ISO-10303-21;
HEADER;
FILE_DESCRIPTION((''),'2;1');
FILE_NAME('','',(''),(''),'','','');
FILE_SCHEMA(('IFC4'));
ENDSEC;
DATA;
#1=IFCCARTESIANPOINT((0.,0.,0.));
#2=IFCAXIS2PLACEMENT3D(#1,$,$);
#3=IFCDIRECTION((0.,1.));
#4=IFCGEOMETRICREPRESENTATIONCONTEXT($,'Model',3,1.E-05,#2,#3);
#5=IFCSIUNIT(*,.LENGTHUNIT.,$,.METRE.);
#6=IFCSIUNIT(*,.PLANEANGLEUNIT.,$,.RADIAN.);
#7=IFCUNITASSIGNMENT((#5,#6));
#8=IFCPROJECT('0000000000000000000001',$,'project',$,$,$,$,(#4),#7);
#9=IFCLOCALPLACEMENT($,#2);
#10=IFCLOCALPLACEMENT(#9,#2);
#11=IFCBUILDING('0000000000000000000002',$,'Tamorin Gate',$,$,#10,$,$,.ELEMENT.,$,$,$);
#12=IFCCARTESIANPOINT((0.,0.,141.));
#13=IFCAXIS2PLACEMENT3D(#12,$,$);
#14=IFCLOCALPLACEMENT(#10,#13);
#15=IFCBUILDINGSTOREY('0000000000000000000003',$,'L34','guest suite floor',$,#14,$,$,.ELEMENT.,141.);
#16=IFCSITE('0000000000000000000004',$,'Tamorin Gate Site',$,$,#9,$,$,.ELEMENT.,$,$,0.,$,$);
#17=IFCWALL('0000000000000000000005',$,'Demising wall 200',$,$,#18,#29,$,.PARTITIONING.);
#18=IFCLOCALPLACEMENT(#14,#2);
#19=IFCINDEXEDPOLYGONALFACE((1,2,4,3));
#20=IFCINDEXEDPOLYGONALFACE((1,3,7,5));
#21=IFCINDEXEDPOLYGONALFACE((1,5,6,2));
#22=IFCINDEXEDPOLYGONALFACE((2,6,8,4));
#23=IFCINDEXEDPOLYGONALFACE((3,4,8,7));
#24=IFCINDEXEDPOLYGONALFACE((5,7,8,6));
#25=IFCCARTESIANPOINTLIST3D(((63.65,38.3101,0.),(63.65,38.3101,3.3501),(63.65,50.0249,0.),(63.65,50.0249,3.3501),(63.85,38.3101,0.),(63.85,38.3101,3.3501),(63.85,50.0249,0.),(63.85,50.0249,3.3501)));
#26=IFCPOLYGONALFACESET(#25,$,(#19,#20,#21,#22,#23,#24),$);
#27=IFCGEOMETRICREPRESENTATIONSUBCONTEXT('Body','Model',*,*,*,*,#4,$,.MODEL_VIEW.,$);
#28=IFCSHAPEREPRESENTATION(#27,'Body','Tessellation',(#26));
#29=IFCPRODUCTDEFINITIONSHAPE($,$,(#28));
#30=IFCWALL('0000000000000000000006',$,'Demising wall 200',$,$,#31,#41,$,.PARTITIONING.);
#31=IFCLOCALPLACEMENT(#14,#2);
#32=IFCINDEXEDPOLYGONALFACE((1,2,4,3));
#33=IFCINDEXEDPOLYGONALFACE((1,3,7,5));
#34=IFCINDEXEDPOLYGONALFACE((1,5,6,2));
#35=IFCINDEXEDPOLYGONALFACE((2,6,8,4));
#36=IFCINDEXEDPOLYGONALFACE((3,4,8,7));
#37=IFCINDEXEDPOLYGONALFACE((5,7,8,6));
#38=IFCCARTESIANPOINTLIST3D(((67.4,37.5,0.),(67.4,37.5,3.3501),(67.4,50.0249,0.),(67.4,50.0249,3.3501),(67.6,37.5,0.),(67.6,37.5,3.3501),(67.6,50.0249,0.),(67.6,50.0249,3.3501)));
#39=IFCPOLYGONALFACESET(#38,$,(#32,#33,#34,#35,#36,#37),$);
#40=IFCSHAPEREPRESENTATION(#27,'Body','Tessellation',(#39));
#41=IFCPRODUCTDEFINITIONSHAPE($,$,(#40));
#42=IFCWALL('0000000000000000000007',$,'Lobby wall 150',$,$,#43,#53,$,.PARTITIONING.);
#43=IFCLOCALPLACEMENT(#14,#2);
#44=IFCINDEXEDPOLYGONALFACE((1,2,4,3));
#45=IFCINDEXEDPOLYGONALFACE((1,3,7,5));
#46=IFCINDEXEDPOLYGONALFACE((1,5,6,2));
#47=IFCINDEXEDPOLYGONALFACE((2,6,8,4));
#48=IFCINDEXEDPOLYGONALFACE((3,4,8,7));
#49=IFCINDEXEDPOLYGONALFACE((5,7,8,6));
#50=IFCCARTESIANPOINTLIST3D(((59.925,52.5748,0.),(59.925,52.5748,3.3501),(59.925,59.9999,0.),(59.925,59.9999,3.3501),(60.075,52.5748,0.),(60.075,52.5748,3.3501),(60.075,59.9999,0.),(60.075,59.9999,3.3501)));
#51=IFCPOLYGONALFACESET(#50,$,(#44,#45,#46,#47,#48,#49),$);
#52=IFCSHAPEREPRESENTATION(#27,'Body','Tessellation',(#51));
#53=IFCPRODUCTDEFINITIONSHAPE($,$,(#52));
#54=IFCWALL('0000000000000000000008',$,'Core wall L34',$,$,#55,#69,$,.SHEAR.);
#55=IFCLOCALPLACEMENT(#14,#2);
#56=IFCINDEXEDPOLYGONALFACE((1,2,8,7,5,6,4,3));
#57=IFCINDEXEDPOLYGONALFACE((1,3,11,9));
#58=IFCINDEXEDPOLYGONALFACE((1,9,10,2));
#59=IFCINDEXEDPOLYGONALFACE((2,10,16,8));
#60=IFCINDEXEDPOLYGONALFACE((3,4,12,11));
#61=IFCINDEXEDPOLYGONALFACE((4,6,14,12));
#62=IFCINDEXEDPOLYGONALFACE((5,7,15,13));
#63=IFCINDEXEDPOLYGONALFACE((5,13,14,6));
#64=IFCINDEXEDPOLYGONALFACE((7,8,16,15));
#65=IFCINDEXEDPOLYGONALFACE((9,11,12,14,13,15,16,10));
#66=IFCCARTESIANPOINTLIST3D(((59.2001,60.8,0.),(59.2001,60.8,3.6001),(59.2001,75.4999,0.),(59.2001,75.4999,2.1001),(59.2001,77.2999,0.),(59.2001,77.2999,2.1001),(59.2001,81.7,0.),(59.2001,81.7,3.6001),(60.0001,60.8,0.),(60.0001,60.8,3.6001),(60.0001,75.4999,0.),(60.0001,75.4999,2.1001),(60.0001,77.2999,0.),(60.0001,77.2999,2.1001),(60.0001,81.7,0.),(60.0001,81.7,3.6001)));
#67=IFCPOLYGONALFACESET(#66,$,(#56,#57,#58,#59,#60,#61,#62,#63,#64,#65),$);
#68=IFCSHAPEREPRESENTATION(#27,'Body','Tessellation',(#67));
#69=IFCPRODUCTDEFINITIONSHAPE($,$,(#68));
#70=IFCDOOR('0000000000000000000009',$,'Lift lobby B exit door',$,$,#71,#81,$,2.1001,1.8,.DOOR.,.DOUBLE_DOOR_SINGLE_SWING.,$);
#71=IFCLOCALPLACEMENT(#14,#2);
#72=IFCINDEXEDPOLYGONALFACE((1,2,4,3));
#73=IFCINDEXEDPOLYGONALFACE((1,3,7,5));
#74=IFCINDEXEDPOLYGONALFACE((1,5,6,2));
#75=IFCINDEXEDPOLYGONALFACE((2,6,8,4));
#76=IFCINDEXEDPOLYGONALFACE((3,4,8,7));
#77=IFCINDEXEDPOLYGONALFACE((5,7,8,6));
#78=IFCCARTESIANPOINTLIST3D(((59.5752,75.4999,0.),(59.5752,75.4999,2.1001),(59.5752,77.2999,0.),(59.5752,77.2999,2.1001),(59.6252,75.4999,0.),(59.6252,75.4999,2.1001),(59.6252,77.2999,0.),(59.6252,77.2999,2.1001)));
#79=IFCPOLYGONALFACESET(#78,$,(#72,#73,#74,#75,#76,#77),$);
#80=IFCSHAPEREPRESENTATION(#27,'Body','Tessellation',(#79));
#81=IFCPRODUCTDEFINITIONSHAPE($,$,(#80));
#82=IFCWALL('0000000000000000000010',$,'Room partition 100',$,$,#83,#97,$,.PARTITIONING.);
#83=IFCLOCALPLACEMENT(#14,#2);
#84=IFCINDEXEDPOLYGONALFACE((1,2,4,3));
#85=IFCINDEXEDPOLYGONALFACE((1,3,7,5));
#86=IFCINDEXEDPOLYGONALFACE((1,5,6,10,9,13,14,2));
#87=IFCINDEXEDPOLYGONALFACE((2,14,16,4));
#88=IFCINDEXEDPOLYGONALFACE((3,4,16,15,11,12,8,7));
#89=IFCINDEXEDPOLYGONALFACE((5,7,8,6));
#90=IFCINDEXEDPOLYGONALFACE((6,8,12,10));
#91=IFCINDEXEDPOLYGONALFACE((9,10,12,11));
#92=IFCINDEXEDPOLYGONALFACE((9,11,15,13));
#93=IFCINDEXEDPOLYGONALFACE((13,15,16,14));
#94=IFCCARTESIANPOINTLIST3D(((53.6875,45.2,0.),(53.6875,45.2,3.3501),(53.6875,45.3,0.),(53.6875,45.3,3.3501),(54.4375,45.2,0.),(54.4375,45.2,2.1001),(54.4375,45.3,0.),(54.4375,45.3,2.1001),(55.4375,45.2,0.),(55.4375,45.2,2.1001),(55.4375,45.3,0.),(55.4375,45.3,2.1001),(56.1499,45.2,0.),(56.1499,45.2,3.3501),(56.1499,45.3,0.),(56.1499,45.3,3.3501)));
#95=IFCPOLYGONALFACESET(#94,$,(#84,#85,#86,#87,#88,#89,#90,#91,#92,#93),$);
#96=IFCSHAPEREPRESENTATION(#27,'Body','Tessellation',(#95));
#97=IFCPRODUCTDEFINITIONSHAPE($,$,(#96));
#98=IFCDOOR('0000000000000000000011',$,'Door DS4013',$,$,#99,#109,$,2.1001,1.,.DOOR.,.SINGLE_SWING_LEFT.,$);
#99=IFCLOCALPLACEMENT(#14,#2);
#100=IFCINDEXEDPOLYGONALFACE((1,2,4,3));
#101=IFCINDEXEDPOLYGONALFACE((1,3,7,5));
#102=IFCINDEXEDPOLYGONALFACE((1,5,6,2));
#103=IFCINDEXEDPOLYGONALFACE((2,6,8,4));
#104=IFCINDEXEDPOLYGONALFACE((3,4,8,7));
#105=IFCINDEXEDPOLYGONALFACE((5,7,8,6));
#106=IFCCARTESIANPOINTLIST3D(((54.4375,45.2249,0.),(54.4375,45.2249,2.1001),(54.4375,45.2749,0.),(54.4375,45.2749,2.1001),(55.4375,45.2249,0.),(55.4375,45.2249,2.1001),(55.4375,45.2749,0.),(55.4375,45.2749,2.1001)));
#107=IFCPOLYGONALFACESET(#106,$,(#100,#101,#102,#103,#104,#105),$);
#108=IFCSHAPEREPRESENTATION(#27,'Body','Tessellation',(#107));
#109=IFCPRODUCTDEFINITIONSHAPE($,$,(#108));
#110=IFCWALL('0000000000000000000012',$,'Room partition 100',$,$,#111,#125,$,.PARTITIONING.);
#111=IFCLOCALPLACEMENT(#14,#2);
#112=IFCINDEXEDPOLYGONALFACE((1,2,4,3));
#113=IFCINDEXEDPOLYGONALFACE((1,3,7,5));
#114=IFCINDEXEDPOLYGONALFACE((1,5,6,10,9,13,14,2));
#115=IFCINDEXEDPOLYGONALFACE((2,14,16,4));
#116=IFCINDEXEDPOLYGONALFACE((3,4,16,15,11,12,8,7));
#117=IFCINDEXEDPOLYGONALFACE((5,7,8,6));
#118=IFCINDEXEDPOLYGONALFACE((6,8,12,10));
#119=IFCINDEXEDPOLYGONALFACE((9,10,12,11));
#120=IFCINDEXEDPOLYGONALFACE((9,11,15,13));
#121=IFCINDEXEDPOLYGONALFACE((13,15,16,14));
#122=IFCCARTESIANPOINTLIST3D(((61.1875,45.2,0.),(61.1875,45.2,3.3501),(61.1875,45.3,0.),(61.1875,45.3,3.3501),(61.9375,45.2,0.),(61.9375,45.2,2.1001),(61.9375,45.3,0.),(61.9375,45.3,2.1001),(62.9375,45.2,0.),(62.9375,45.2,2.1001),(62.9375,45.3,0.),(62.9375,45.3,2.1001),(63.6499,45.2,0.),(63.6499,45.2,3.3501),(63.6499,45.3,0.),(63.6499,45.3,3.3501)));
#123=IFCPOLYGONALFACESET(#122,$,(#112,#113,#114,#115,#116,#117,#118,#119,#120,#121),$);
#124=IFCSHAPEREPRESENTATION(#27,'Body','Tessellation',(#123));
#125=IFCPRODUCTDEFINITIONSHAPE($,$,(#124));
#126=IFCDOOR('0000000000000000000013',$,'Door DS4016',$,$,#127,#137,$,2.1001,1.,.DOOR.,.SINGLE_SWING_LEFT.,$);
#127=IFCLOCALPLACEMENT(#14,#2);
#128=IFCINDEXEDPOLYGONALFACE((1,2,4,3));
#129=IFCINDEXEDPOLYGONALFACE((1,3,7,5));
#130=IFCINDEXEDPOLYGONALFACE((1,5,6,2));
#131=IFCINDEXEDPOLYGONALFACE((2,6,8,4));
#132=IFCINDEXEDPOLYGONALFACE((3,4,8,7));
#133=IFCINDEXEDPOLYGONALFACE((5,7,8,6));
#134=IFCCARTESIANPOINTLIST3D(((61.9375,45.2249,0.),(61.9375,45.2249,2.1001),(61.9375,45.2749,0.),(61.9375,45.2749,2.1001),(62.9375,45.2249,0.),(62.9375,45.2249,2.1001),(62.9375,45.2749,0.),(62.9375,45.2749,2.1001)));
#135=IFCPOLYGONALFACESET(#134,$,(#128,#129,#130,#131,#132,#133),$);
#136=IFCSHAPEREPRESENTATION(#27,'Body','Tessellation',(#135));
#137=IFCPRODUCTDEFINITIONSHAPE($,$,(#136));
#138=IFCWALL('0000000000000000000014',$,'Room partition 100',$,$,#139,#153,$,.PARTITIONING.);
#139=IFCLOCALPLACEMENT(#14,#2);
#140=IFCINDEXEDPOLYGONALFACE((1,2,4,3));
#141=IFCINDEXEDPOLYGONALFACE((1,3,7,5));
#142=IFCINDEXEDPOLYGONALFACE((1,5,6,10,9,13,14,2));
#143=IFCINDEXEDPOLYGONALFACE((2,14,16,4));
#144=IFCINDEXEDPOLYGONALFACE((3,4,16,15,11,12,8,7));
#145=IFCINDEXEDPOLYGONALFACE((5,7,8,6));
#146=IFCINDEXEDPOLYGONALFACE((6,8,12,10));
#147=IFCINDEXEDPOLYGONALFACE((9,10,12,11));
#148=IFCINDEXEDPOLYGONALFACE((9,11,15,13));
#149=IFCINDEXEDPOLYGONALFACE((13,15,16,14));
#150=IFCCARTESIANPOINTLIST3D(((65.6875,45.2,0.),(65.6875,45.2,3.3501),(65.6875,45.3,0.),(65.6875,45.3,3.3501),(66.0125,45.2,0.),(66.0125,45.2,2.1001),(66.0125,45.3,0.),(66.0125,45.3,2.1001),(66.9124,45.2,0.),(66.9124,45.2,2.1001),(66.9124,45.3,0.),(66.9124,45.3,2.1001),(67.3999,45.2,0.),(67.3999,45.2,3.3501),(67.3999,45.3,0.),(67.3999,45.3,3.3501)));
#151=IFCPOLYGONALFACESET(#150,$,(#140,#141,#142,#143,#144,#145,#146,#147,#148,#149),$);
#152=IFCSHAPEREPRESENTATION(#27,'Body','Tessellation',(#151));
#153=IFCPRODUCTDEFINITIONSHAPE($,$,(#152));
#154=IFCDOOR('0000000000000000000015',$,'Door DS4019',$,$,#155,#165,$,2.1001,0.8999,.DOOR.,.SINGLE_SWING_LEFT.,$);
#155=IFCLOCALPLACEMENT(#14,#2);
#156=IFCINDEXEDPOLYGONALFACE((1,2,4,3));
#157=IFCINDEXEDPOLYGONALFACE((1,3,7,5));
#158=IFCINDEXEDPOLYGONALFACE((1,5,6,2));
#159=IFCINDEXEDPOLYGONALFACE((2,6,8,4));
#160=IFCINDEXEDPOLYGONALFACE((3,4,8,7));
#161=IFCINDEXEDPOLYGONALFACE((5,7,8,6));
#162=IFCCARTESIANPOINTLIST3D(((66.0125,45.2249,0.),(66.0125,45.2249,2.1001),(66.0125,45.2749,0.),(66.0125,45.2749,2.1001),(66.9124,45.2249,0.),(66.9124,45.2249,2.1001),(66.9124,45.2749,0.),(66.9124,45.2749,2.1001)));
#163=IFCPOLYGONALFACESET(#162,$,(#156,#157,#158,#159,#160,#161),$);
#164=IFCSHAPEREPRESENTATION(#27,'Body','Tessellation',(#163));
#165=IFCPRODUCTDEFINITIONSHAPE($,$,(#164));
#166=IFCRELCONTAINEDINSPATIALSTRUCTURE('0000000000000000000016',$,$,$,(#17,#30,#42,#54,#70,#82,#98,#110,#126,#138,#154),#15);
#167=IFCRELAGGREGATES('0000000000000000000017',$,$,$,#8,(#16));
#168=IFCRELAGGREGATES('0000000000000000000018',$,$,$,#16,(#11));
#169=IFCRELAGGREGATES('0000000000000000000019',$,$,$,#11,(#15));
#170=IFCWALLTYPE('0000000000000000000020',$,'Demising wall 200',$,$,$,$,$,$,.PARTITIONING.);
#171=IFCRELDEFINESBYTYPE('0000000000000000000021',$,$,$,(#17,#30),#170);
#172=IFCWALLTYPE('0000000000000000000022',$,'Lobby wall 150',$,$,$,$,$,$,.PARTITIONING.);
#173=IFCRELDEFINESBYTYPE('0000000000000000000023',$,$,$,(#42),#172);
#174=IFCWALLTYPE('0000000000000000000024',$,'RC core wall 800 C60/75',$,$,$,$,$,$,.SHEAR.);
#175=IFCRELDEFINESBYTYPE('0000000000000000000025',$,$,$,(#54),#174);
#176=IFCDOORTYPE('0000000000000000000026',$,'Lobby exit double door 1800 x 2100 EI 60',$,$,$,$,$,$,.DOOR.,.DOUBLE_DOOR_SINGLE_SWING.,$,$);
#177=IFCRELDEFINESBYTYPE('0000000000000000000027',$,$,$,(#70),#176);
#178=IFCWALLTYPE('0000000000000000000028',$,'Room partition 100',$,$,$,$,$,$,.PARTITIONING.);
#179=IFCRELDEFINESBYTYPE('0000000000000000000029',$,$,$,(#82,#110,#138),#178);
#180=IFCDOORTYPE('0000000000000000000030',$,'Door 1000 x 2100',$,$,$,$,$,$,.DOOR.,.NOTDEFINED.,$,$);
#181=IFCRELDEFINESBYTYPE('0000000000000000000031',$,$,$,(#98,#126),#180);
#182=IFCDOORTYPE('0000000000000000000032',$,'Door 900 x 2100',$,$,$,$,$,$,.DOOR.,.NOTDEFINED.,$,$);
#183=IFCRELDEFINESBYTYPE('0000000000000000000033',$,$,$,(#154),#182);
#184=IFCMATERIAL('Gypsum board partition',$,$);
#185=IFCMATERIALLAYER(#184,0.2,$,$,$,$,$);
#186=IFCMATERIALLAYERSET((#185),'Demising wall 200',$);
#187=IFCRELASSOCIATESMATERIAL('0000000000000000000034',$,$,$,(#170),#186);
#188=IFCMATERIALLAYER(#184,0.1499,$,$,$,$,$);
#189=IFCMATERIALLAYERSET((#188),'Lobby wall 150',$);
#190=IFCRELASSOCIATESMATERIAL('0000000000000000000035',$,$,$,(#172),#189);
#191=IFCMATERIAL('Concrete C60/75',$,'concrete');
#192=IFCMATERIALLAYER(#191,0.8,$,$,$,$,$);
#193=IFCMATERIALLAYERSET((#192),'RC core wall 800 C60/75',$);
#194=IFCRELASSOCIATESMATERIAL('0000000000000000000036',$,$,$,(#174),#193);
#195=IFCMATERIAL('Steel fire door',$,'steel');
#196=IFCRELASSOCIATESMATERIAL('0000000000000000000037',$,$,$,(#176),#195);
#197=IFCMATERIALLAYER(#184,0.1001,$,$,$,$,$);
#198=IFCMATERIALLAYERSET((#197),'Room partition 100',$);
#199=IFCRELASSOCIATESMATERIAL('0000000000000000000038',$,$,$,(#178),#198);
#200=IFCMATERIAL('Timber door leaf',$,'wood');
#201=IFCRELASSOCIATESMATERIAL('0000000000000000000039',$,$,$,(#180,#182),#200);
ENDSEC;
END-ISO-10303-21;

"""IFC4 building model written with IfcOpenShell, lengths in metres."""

from ifc_helpers import new_model, si_unit, direction, frame, frame_2d, origin, place, context, subcontext, project, spatial, rectangle, extrude, material, layer, layer_set, type_object, element, fill, save


model = new_model("IFC4")

# Units and contexts
model_context = context("Model", 3, precision=1e-05, world=origin(), true_north=direction((0.0, 1.0)))
body_context = subcontext(model_context, "Body", "Model", "MODEL_VIEW")
ifc_project = project(units=[si_unit("LENGTHUNIT", "METRE"), si_unit("PLANEANGLEUNIT", "RADIAN")], contexts=[model_context])

# Site, building, storey
site_placement = place(None, origin())
site = spatial("IfcSite", under=ifc_project, at=site_placement, Name="Tamorin Gate Site", CompositionType="ELEMENT", RefElevation=0.0)
building_placement = place(site_placement, origin())
building = spatial("IfcBuilding", under=site, at=building_placement, Name="Tamorin Gate", CompositionType="ELEMENT")
storey_placement = place(building_placement, frame((0.0, 0.0, 141.0)))
storey = spatial("IfcBuildingStorey", under=building, at=storey_placement, Name="L34", Description="guest suite floor", CompositionType="ELEMENT", Elevation=141.0)

# Shared definitions
ifc_material_1 = material(Name="Gypsum board partition")
ifc_material_2 = material(Name="Timber door leaf", Category="wood")

# Walls
ifc_layer_1 = layer(ifc_material_1, 0.2)
ifc_layer_set_1 = layer_set([ifc_layer_1], Name="Demising wall 200")
wall_type_1 = type_object("IfcWallType", Name="Demising wall 200", PredefinedType="PARTITIONING", material=ifc_layer_set_1)
for number, where, z_axis, x_axis, name in (
    (1, (63.75, 38.3101, 0.0), (0.0, 0.0, 1.0), (0.0, 1.0, 0.0), "Demising wall 200"),
):
    element("IfcWall", number, at=place(storey_placement, frame(where, z_axis=z_axis, x_axis=x_axis)), inside=storey, type_object=wall_type_1, Name=name, PredefinedType="PARTITIONING", context=body_context, shape_type="SweptSolid", body=[
        extrude(rectangle(XDim=11.7148, YDim=0.2, at=frame_2d((5.8574, 0.0))), origin(), (0.0, 0.0, 1.0), 3.3501),
    ])
wall_1_placement = place(storey_placement, frame((67.5, 37.5, 0.0), z_axis=(0.0, 0.0, 1.0), x_axis=(0.0, 1.0, 0.0)))
element("IfcWall", 2, at=wall_1_placement, inside=storey, type_object=wall_type_1, Name="Demising wall 200", PredefinedType="PARTITIONING", context=body_context, shape_type="SweptSolid", body=[
    extrude(rectangle(XDim=12.5249, YDim=0.2, at=frame_2d((6.2625, 0.0))), origin(), (0.0, 0.0, 1.0), 3.3501),
])
ifc_layer_2 = layer(ifc_material_1, 0.1499)
ifc_layer_set_2 = layer_set([ifc_layer_2], Name="Lobby wall 150")
wall_type_2 = type_object("IfcWallType", Name="Lobby wall 150", PredefinedType="PARTITIONING", material=ifc_layer_set_2)
wall_2_placement = place(storey_placement, frame((60.0, 52.575, 0.0), z_axis=(0.0, 0.0, 1.0), x_axis=(0.0, 1.0, 0.0)))
element("IfcWall", 3, at=wall_2_placement, inside=storey, type_object=wall_type_2, Name="Lobby wall 150", PredefinedType="PARTITIONING", context=body_context, shape_type="SweptSolid", body=[
    extrude(rectangle(XDim=7.425, YDim=0.1499, at=frame_2d((3.7124, 0.0))), origin(), (0.0, 0.0, 1.0), 3.3501),
])

# Walls, openings, doors
ifc_material_3 = material(Name="Concrete C60/75", Category="concrete")
ifc_layer_3 = layer(ifc_material_3, 0.8)
ifc_layer_set_3 = layer_set([ifc_layer_3], Name="RC core wall 800 C60/75")
wall_type_3 = type_object("IfcWallType", Name="RC core wall 800 C60/75", PredefinedType="SHEAR", material=ifc_layer_set_3)
wall_3_placement = place(storey_placement, frame((59.6001, 60.8, 0.0), z_axis=(0.0, 0.0, 1.0), x_axis=(0.0, 1.0, 0.0)))
wall_3 = element("IfcWall", 4, at=wall_3_placement, inside=storey, type_object=wall_type_3, Name="Core wall L34", PredefinedType="SHEAR", context=body_context, shape_type="SweptSolid", body=[
    extrude(rectangle(XDim=20.8999, YDim=0.8, at=frame_2d((10.45, 0.0))), origin(), (0.0, 0.0, 1.0), 3.6001),
])
opening_1_placement = place(wall_3_placement, frame((14.7, 0.0, 0.0)))
opening_1 = element("IfcOpeningElement", 5, at=opening_1_placement, cuts=wall_3, PredefinedType="OPENING", context=body_context, shape_type="SweptSolid", body=[
    extrude(rectangle(XDim=1.8, YDim=2.1001, at=frame_2d((0.8999, 1.05))), frame((0.0, 0.4099, 0.0), z_axis=(0.0, -1.0, 0.0), x_axis=(1.0, 0.0, 0.0)), (0.0, 0.0, 1.0), 0.8201),
])
ifc_material_4 = material(Name="Steel fire door", Category="steel")
door_type_1 = type_object("IfcDoorType", Name="Lobby exit double door 1800 x 2100 EI 60", OperationType="DOUBLE_DOOR_SINGLE_SWING", PredefinedType="DOOR", material=ifc_material_4)
door_1_placement = place(opening_1_placement, origin())
door_1 = element("IfcDoor", 6, at=door_1_placement, inside=storey, type_object=door_type_1, Name="Lift lobby B exit door", OperationType="DOUBLE_DOOR_SINGLE_SWING", OverallHeight=2.1001, OverallWidth=1.8, PredefinedType="DOOR", context=body_context, shape_type="SweptSolid", body=[
    extrude(rectangle(XDim=1.8, YDim=2.1001, at=frame_2d((0.8999, 1.05))), frame((0.0, 0.0249, 0.0), z_axis=(0.0, -1.0, 0.0), x_axis=(1.0, 0.0, 0.0)), (0.0, 0.0, 1.0), 0.05),
])
fill(opening_1, door_1)
ifc_layer_4 = layer(ifc_material_1, 0.1001)
ifc_layer_set_4 = layer_set([ifc_layer_4], Name="Room partition 100")
wall_type_4 = type_object("IfcWallType", Name="Room partition 100", PredefinedType="PARTITIONING", material=ifc_layer_set_4)
wall_4_placement = place(storey_placement, frame((53.6875, 45.25, 0.0), z_axis=(0.0, 0.0, 1.0), x_axis=(1.0, 0.0, 0.0)))
wall_4 = element("IfcWall", 7, at=wall_4_placement, inside=storey, type_object=wall_type_4, Name="Room partition 100", PredefinedType="PARTITIONING", context=body_context, shape_type="SweptSolid", body=[
    extrude(rectangle(XDim=2.4624, YDim=0.1001, at=frame_2d((1.2312, 0.0))), origin(), (0.0, 0.0, 1.0), 3.3501),
])
opening_2_placement = place(wall_4_placement, frame((0.75, 0.0, 0.0)))
opening_2 = element("IfcOpeningElement", 8, at=opening_2_placement, cuts=wall_4, PredefinedType="OPENING", context=body_context, shape_type="SweptSolid", body=[
    extrude(rectangle(XDim=1.0, YDim=2.1001, at=frame_2d((0.5, 1.05))), frame((0.0, 0.0601, 0.0), z_axis=(0.0, -1.0, 0.0), x_axis=(1.0, 0.0, 0.0)), (0.0, 0.0, 1.0), 0.1201),
])
door_type_2 = type_object("IfcDoorType", Name="Door 1000 x 2100", OperationType="NOTDEFINED", PredefinedType="DOOR", material=ifc_material_2)
door_2_placement = place(opening_2_placement, origin())
door_2 = element("IfcDoor", 9, at=door_2_placement, inside=storey, type_object=door_type_2, Name="Door DS4013", OperationType="SINGLE_SWING_LEFT", OverallHeight=2.1001, OverallWidth=1.0, PredefinedType="DOOR", context=body_context, shape_type="SweptSolid", body=[
    extrude(rectangle(XDim=1.0, YDim=2.1001, at=frame_2d((0.5, 1.05))), frame((0.0, 0.0249, 0.0), z_axis=(0.0, -1.0, 0.0), x_axis=(1.0, 0.0, 0.0)), (0.0, 0.0, 1.0), 0.05),
])
fill(opening_2, door_2)
wall_5_placement = place(storey_placement, frame((61.1875, 45.25, 0.0), z_axis=(0.0, 0.0, 1.0), x_axis=(1.0, 0.0, 0.0)))
wall_5 = element("IfcWall", 10, at=wall_5_placement, inside=storey, type_object=wall_type_4, Name="Room partition 100", PredefinedType="PARTITIONING", context=body_context, shape_type="SweptSolid", body=[
    extrude(rectangle(XDim=2.4624, YDim=0.1001, at=frame_2d((1.2312, 0.0))), origin(), (0.0, 0.0, 1.0), 3.3501),
])
opening_3_placement = place(wall_5_placement, frame((0.75, 0.0, 0.0)))
opening_3 = element("IfcOpeningElement", 11, at=opening_3_placement, cuts=wall_5, PredefinedType="OPENING", context=body_context, shape_type="SweptSolid", body=[
    extrude(rectangle(XDim=1.0, YDim=2.1001, at=frame_2d((0.5, 1.05))), frame((0.0, 0.0601, 0.0), z_axis=(0.0, -1.0, 0.0), x_axis=(1.0, 0.0, 0.0)), (0.0, 0.0, 1.0), 0.1201),
])
door_3_placement = place(opening_3_placement, origin())
door_3 = element("IfcDoor", 12, at=door_3_placement, inside=storey, type_object=door_type_2, Name="Door DS4016", OperationType="SINGLE_SWING_LEFT", OverallHeight=2.1001, OverallWidth=1.0, PredefinedType="DOOR", context=body_context, shape_type="SweptSolid", body=[
    extrude(rectangle(XDim=1.0, YDim=2.1001, at=frame_2d((0.5, 1.05))), frame((0.0, 0.0249, 0.0), z_axis=(0.0, -1.0, 0.0), x_axis=(1.0, 0.0, 0.0)), (0.0, 0.0, 1.0), 0.05),
])
fill(opening_3, door_3)
wall_6_placement = place(storey_placement, frame((65.6875, 45.25, 0.0), z_axis=(0.0, 0.0, 1.0), x_axis=(1.0, 0.0, 0.0)))
wall_6 = element("IfcWall", 13, at=wall_6_placement, inside=storey, type_object=wall_type_4, Name="Room partition 100", PredefinedType="PARTITIONING", context=body_context, shape_type="SweptSolid", body=[
    extrude(rectangle(XDim=1.7124, YDim=0.1001, at=frame_2d((0.8562, 0.0))), origin(), (0.0, 0.0, 1.0), 3.3501),
])
opening_4_placement = place(wall_6_placement, frame((0.325, 0.0, 0.0)))
opening_4 = element("IfcOpeningElement", 14, at=opening_4_placement, cuts=wall_6, PredefinedType="OPENING", context=body_context, shape_type="SweptSolid", body=[
    extrude(rectangle(XDim=0.8999, YDim=2.1001, at=frame_2d((0.45, 1.05))), frame((0.0, 0.0601, 0.0), z_axis=(0.0, -1.0, 0.0), x_axis=(1.0, 0.0, 0.0)), (0.0, 0.0, 1.0), 0.1201),
])
door_type_3 = type_object("IfcDoorType", Name="Door 900 x 2100", OperationType="NOTDEFINED", PredefinedType="DOOR", material=ifc_material_2)
door_4_placement = place(opening_4_placement, origin())
door_4 = element("IfcDoor", 15, at=door_4_placement, inside=storey, type_object=door_type_3, Name="Door DS4019", OperationType="SINGLE_SWING_LEFT", OverallHeight=2.1001, OverallWidth=0.8999, PredefinedType="DOOR", context=body_context, shape_type="SweptSolid", body=[
    extrude(rectangle(XDim=0.8999, YDim=2.1001, at=frame_2d((0.45, 1.05))), frame((0.0, 0.0249, 0.0), z_axis=(0.0, -1.0, 0.0), x_axis=(1.0, 0.0, 0.0)), (0.0, 0.0, 1.0), 0.05),
])
fill(opening_4, door_4)

save(model, "model.ifc")
